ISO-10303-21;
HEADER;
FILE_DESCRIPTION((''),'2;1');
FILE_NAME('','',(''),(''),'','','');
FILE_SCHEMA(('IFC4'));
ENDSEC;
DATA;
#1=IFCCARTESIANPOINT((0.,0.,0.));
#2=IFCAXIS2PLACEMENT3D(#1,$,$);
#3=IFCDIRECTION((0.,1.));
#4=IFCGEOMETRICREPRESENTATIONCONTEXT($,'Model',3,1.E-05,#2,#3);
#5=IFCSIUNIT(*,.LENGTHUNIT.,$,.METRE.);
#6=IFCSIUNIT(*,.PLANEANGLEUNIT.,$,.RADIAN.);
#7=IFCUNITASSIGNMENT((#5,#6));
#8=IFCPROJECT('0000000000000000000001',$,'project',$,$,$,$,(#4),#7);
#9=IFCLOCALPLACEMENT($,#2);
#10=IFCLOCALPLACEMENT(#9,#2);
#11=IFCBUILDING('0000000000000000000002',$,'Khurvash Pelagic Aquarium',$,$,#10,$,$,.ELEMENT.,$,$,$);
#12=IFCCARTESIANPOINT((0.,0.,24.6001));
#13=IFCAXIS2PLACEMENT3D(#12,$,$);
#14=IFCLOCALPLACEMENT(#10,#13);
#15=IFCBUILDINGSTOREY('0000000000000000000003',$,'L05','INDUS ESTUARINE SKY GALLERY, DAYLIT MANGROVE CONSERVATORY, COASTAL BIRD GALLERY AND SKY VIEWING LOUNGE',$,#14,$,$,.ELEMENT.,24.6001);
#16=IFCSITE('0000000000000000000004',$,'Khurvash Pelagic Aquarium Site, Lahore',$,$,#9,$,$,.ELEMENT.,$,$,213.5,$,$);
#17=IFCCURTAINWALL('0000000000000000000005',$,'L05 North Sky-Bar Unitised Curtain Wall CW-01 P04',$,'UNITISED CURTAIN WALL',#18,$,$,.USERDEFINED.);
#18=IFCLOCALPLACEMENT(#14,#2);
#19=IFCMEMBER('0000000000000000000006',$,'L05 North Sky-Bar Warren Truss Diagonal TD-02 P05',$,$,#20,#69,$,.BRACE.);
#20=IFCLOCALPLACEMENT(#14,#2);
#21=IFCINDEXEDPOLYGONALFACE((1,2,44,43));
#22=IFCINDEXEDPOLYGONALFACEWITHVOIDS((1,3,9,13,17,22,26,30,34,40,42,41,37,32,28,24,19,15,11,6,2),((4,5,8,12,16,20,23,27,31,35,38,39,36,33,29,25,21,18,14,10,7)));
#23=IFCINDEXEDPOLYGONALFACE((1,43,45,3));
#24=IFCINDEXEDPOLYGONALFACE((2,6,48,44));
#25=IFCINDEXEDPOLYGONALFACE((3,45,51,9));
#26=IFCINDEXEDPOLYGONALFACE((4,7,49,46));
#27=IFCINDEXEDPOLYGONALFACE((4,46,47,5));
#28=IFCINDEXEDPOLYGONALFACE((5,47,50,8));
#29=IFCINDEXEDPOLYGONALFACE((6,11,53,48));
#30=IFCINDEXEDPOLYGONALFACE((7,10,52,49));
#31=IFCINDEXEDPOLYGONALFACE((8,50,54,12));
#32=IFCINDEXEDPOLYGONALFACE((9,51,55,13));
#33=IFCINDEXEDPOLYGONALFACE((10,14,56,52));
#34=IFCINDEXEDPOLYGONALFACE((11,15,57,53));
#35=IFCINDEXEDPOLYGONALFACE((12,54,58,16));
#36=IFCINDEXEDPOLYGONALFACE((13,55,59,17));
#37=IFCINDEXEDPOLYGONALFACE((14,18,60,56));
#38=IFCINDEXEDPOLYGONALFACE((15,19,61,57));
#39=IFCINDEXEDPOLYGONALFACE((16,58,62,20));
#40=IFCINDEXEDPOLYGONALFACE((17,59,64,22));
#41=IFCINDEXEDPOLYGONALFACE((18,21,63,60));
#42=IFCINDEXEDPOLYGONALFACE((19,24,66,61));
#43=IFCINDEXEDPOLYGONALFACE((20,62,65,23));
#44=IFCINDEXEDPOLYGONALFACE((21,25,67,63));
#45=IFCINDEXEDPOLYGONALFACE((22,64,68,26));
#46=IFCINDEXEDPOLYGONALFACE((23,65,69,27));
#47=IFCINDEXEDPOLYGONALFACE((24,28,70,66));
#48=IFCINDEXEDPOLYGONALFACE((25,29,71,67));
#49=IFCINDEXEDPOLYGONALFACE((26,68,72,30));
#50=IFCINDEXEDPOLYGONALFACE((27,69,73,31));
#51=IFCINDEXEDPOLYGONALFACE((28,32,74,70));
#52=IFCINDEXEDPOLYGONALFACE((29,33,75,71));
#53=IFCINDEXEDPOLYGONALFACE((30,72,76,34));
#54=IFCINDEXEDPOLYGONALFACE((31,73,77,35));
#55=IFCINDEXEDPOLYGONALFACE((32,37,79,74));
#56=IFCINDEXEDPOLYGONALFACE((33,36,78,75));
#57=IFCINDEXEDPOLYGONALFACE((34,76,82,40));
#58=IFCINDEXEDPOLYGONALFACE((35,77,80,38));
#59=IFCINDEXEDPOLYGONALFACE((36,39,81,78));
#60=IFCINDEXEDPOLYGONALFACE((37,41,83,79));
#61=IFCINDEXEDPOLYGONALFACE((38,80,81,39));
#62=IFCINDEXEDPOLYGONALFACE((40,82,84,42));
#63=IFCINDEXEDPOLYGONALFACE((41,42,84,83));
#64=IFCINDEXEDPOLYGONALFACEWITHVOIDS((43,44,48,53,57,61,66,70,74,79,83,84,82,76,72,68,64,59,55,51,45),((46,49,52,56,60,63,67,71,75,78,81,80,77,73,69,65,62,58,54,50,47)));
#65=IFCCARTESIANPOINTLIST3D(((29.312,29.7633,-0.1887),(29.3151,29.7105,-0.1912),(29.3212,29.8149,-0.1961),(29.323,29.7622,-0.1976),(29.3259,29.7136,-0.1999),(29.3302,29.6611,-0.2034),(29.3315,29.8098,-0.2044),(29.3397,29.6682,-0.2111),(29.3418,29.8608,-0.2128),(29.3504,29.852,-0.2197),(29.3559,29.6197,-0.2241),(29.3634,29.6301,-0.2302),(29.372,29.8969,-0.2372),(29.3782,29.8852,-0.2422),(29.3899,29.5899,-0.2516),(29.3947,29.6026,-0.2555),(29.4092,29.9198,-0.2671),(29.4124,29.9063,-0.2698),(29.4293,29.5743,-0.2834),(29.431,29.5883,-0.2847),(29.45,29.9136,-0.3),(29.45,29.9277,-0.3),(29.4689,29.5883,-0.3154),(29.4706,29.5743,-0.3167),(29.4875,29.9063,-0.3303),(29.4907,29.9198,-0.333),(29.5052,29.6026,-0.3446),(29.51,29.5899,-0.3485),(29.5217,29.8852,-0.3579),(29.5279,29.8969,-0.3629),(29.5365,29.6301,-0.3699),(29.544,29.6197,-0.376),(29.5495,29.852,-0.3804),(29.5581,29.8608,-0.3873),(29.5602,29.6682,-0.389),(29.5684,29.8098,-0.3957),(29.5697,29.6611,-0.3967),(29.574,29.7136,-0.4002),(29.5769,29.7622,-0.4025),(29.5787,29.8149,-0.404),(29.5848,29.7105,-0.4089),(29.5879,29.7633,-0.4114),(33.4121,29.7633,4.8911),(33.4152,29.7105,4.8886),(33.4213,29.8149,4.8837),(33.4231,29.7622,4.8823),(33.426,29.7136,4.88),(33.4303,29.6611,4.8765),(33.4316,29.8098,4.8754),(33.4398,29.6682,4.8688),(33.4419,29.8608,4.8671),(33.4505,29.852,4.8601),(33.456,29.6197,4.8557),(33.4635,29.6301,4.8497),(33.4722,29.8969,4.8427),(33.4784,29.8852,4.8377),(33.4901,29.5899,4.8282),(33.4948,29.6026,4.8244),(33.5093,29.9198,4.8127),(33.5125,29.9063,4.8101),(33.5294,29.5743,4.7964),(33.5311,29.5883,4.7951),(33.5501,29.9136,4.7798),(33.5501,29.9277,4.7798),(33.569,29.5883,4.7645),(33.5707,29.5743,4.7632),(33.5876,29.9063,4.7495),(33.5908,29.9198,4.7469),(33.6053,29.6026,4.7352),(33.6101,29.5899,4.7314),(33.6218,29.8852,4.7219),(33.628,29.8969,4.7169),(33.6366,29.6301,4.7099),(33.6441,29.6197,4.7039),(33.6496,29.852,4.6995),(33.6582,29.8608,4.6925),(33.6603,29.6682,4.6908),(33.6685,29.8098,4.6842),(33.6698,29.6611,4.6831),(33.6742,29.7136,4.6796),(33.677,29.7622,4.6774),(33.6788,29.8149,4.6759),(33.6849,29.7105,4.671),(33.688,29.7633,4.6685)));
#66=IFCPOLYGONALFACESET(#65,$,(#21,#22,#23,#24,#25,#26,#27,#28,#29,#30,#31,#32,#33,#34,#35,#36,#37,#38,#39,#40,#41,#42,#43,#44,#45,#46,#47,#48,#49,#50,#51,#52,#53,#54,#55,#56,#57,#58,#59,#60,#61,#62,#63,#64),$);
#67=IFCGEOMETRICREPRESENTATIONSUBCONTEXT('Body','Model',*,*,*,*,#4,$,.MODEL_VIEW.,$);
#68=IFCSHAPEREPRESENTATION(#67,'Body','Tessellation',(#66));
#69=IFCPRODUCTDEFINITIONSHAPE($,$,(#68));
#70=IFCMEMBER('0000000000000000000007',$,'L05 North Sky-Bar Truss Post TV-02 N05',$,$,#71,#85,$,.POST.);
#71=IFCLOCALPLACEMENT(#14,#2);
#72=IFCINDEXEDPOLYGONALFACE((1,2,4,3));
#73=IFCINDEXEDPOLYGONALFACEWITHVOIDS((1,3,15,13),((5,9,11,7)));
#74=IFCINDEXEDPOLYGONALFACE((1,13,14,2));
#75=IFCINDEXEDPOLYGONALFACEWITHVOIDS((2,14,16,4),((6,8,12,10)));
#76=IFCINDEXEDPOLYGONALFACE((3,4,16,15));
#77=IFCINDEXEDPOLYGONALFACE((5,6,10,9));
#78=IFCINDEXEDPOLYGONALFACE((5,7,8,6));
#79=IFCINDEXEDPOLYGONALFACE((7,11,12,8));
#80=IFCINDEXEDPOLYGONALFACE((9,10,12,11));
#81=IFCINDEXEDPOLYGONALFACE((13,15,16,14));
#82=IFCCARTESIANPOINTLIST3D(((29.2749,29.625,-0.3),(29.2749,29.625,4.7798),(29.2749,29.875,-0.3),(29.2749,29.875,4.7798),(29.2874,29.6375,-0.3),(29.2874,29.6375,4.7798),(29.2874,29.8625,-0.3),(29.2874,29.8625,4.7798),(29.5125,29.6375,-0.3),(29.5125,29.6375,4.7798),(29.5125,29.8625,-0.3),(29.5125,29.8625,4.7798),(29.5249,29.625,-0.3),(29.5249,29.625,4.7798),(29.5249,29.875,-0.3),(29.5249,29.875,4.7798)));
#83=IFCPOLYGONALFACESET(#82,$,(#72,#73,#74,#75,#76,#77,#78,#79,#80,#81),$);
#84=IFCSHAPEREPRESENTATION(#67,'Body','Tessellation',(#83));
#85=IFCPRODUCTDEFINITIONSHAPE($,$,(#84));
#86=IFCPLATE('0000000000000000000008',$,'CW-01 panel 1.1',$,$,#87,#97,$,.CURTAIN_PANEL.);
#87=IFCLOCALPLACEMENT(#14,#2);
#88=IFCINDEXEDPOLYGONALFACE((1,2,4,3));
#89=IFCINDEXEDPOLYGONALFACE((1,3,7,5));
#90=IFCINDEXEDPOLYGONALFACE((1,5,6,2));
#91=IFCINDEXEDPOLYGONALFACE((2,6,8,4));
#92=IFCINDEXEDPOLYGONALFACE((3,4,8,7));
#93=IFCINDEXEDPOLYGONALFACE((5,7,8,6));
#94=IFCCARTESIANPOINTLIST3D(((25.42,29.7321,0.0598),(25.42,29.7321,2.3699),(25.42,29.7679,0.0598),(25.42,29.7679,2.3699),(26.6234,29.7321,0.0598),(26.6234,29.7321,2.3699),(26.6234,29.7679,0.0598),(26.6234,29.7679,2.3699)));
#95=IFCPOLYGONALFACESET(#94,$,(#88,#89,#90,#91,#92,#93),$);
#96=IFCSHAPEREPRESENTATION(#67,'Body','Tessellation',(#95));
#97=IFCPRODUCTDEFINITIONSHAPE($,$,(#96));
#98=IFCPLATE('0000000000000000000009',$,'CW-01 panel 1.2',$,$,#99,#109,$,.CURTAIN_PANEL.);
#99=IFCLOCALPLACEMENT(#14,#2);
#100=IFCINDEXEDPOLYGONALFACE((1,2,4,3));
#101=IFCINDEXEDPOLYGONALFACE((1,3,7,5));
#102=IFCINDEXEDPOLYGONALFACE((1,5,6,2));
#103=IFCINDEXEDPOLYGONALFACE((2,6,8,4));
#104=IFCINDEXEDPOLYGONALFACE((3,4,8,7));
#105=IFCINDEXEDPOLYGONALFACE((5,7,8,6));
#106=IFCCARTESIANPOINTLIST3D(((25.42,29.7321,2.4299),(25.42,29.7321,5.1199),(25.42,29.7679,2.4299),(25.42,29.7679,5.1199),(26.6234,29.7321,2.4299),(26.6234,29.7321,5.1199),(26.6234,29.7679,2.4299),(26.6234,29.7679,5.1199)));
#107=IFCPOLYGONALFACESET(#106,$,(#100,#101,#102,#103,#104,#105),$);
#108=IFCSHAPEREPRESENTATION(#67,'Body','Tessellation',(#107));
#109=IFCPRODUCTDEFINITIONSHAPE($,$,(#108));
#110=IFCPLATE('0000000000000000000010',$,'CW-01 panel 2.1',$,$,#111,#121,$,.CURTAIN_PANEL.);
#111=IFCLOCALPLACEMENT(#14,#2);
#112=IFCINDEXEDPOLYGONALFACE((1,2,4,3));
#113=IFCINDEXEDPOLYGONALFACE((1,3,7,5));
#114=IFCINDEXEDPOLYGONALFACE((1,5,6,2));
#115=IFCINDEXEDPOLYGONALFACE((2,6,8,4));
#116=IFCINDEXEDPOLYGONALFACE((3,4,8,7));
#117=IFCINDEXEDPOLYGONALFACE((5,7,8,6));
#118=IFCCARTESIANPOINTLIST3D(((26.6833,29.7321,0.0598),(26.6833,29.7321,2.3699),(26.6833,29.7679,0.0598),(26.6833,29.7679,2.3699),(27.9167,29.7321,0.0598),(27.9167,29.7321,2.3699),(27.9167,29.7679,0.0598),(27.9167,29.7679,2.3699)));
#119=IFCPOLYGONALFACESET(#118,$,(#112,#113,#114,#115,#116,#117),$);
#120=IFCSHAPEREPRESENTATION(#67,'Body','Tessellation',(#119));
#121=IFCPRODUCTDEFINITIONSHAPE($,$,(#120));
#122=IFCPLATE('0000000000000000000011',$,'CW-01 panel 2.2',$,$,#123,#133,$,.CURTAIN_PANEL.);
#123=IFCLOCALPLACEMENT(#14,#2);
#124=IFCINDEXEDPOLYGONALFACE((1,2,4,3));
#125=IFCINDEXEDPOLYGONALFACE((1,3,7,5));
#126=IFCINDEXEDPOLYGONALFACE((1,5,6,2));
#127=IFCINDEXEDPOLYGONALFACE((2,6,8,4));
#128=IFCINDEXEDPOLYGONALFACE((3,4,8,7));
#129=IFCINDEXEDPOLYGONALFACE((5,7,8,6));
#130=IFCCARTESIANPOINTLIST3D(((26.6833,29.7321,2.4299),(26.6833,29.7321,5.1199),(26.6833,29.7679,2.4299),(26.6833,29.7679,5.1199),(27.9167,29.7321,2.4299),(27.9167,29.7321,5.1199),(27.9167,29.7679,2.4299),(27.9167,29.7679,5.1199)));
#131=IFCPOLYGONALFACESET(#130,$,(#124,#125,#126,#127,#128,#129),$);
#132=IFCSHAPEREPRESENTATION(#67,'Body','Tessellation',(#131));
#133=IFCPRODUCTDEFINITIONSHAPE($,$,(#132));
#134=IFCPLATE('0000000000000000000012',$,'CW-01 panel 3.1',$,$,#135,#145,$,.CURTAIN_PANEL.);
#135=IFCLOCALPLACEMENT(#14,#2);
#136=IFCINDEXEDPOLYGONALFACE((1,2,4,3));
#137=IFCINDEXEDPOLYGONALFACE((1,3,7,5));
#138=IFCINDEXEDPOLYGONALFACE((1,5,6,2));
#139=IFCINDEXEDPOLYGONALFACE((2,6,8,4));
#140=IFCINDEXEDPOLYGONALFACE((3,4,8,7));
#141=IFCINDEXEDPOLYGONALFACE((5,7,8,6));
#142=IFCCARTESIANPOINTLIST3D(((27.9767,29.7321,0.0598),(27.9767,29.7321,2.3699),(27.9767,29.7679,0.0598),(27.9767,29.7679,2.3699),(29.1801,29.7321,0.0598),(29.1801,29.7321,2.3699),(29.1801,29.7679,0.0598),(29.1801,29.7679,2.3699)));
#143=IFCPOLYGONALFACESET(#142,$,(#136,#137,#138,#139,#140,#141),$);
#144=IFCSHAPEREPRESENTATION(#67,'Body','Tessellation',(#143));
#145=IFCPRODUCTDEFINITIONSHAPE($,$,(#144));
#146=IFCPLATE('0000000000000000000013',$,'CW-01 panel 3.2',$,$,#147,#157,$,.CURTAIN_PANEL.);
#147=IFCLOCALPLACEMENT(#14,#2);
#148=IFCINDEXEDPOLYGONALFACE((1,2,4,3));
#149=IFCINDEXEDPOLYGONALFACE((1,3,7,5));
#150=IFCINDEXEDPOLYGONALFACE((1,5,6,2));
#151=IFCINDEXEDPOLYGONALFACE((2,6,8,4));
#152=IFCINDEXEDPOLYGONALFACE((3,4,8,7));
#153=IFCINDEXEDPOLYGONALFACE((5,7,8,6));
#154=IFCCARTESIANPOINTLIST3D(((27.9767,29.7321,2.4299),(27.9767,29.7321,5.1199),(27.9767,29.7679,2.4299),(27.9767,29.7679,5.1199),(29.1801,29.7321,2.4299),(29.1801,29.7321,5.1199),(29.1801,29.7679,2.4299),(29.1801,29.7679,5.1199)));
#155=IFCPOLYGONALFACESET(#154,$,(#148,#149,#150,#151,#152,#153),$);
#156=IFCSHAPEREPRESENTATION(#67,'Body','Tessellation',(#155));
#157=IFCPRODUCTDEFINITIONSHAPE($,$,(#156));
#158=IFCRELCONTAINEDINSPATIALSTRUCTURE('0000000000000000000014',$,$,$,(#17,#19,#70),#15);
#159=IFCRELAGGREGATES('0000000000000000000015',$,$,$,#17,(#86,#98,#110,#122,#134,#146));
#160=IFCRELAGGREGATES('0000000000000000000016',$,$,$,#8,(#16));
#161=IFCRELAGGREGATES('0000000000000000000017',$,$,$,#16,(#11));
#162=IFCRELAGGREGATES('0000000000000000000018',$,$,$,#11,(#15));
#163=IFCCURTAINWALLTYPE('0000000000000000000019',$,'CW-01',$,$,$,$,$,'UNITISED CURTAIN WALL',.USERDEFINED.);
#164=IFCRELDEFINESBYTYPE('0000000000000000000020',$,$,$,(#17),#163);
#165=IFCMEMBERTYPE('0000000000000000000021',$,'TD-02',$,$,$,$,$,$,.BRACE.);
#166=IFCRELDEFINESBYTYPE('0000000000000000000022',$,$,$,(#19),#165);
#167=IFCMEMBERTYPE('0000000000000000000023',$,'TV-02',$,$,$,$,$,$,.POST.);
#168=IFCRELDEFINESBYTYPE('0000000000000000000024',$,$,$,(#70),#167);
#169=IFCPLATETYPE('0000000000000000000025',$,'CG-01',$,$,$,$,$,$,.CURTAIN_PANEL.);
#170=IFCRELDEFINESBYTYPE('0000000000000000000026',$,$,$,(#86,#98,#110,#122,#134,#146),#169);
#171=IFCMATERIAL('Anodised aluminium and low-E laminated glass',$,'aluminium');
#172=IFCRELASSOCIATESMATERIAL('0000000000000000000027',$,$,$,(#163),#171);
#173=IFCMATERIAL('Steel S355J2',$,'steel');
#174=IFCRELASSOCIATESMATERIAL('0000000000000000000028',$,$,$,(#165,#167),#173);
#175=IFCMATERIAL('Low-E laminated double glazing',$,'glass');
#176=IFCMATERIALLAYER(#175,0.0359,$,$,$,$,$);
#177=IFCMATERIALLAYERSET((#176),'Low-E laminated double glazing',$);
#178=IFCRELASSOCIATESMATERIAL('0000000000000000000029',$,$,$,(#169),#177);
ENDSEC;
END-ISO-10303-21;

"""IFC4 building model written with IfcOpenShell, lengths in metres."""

from ifc_helpers import new_model, si_unit, direction, frame, origin, origin_2d, place, context, subcontext, project, spatial, rectangle, hollow_rectangle, hollow_circle, extrude, material, layer, layer_set, material_profile, profile_set, type_object, element, aggregate, save


model = new_model("IFC4")

# Units and contexts
model_context = context("Model", 3, precision=1e-05, world=origin(), true_north=direction((0.0, 1.0)))
body_context = subcontext(model_context, "Body", "Model", "MODEL_VIEW")
ifc_project = project(units=[si_unit("LENGTHUNIT", "METRE"), si_unit("PLANEANGLEUNIT", "RADIAN")], contexts=[model_context])

# Site, building, storey
site_placement = place(None, origin())
site = spatial("IfcSite", under=ifc_project, at=site_placement, Name="Khurvash Pelagic Aquarium Site, Lahore", CompositionType="ELEMENT", RefElevation=213.5)
building_placement = place(site_placement, origin())
building = spatial("IfcBuilding", under=site, at=building_placement, Name="Khurvash Pelagic Aquarium", CompositionType="ELEMENT")
storey_placement = place(building_placement, frame((0.0, 0.0, 24.6001)))
storey = spatial("IfcBuildingStorey", under=building, at=storey_placement, Name="L05", Description="INDUS ESTUARINE SKY GALLERY, DAYLIT MANGROVE CONSERVATORY, COASTAL BIRD GALLERY AND SKY VIEWING LOUNGE", CompositionType="ELEMENT", Elevation=24.6001)

# Curtain wall
ifc_material_1 = material(Name="Anodised aluminium and low-E laminated glass", Category="aluminium")
curtain_wall_type = type_object("IfcCurtainWallType", Name="CW-01", ElementType="UNITISED CURTAIN WALL", PredefinedType="USERDEFINED", material=ifc_material_1)
curtain_wall_placement = place(storey_placement, origin())
curtain_wall = element("IfcCurtainWall", 1, at=curtain_wall_placement, inside=storey, type_object=curtain_wall_type, Name="L05 North Sky-Bar Unitised Curtain Wall CW-01 P04", ObjectType="UNITISED CURTAIN WALL", PredefinedType="USERDEFINED")

# Members
ifc_material_2 = material(Name="Steel S355J2", Category="steel")
ifc_material_profile_1 = material_profile(ifc_material_2, hollow_circle(Radius=0.1777, WallThickness=0.0142, at=origin_2d()), Name="CHS355X14")
ifc_profile_set_1 = profile_set([ifc_material_profile_1], Name="Steel S355J2")
member_type_1 = type_object("IfcMemberType", Name="TD-02", PredefinedType="BRACE", material=ifc_profile_set_1)
member_1_placement = place(storey_placement, frame((29.45, 29.75, -0.3), z_axis=(0.628073, 0.0, 0.778154), x_axis=(0.0, 1.0, 0.0)))
element("IfcMember", 2, at=member_1_placement, inside=storey, type_object=member_type_1, Name="L05 North Sky-Bar Warren Truss Diagonal TD-02 P05", PredefinedType="BRACE", context=body_context, shape_type="SweptSolid", body=[
    extrude(hollow_circle(Radius=0.1777, WallThickness=0.0142, at=origin_2d()), origin(), (0.0, 0.0, 1.0), 6.5281),
])
ifc_material_profile_2 = material_profile(ifc_material_2, hollow_rectangle(XDim=0.25, YDim=0.25, WallThickness=0.0125, at=origin_2d()), Name="SHS250X250X12")
ifc_profile_set_2 = profile_set([ifc_material_profile_2], Name="Steel S355J2")
member_type_2 = type_object("IfcMemberType", Name="TV-02", PredefinedType="POST", material=ifc_profile_set_2)
member_2_placement = place(storey_placement, frame((29.3999, 29.75, -0.3), z_axis=(0.0, 0.0, 1.0), x_axis=(1.0, 0.0, 0.0)))
element("IfcMember", 3, at=member_2_placement, inside=storey, type_object=member_type_2, Name="L05 North Sky-Bar Truss Post TV-02 N05", PredefinedType="POST", context=body_context, shape_type="SweptSolid", body=[
    extrude(hollow_rectangle(XDim=0.25, YDim=0.25, WallThickness=0.0125, at=origin_2d()), origin(), (0.0, 0.0, 1.0), 5.0798),
])

# Plates
ifc_material_3 = material(Name="Low-E laminated double glazing", Category="glass")
ifc_layer = layer(ifc_material_3, 0.0359)
ifc_layer_set = layer_set([ifc_layer], Name="Low-E laminated double glazing")
plate_type = type_object("IfcPlateType", Name="CG-01", PredefinedType="CURTAIN_PANEL", material=ifc_layer_set)
plate_1_placement = place(storey_placement, frame((26.0217, 29.75, 0.0598), z_axis=(0.0, 0.0, 1.0), x_axis=(1.0, 0.0, 0.0)))
plate_1 = element("IfcPlate", 4, at=plate_1_placement, type_object=plate_type, Name="CW-01 panel 1.1", PredefinedType="CURTAIN_PANEL", context=body_context, shape_type="SweptSolid", body=[
    extrude(rectangle(XDim=1.2034, YDim=0.0359, at=origin_2d()), origin(), (0.0, 0.0, 1.0), 2.3101),
])
plate_2_placement = place(storey_placement, frame((26.0217, 29.75, 2.4299), z_axis=(0.0, 0.0, 1.0), x_axis=(1.0, 0.0, 0.0)))
plate_2 = element("IfcPlate", 5, at=plate_2_placement, type_object=plate_type, Name="CW-01 panel 1.2", PredefinedType="CURTAIN_PANEL", context=body_context, shape_type="SweptSolid", body=[
    extrude(rectangle(XDim=1.2034, YDim=0.0359, at=origin_2d()), origin(), (0.0, 0.0, 1.0), 2.6899),
])
plate_3_placement = place(storey_placement, frame((27.3, 29.75, 0.0598), z_axis=(0.0, 0.0, 1.0), x_axis=(1.0, 0.0, 0.0)))
plate_3 = element("IfcPlate", 6, at=plate_3_placement, type_object=plate_type, Name="CW-01 panel 2.1", PredefinedType="CURTAIN_PANEL", context=body_context, shape_type="SweptSolid", body=[
    extrude(rectangle(XDim=1.2334, YDim=0.0359, at=origin_2d()), origin(), (0.0, 0.0, 1.0), 2.3101),
])
plate_4_placement = place(storey_placement, frame((27.3, 29.75, 2.4299), z_axis=(0.0, 0.0, 1.0), x_axis=(1.0, 0.0, 0.0)))
plate_4 = element("IfcPlate", 7, at=plate_4_placement, type_object=plate_type, Name="CW-01 panel 2.2", PredefinedType="CURTAIN_PANEL", context=body_context, shape_type="SweptSolid", body=[
    extrude(rectangle(XDim=1.2334, YDim=0.0359, at=origin_2d()), origin(), (0.0, 0.0, 1.0), 2.6899),
])
plate_5_placement = place(storey_placement, frame((28.5784, 29.75, 0.0598), z_axis=(0.0, 0.0, 1.0), x_axis=(1.0, 0.0, 0.0)))
plate_5 = element("IfcPlate", 8, at=plate_5_placement, type_object=plate_type, Name="CW-01 panel 3.1", PredefinedType="CURTAIN_PANEL", context=body_context, shape_type="SweptSolid", body=[
    extrude(rectangle(XDim=1.2034, YDim=0.0359, at=origin_2d()), origin(), (0.0, 0.0, 1.0), 2.3101),
])
plate_6_placement = place(storey_placement, frame((28.5784, 29.75, 2.4299), z_axis=(0.0, 0.0, 1.0), x_axis=(1.0, 0.0, 0.0)))
plate_6 = element("IfcPlate", 9, at=plate_6_placement, type_object=plate_type, Name="CW-01 panel 3.2", PredefinedType="CURTAIN_PANEL", context=body_context, shape_type="SweptSolid", body=[
    extrude(rectangle(XDim=1.2034, YDim=0.0359, at=origin_2d()), origin(), (0.0, 0.0, 1.0), 2.6899),
])
aggregate(curtain_wall, [plate_1, plate_2, plate_3, plate_4, plate_5, plate_6])

save(model, "model.ifc")
